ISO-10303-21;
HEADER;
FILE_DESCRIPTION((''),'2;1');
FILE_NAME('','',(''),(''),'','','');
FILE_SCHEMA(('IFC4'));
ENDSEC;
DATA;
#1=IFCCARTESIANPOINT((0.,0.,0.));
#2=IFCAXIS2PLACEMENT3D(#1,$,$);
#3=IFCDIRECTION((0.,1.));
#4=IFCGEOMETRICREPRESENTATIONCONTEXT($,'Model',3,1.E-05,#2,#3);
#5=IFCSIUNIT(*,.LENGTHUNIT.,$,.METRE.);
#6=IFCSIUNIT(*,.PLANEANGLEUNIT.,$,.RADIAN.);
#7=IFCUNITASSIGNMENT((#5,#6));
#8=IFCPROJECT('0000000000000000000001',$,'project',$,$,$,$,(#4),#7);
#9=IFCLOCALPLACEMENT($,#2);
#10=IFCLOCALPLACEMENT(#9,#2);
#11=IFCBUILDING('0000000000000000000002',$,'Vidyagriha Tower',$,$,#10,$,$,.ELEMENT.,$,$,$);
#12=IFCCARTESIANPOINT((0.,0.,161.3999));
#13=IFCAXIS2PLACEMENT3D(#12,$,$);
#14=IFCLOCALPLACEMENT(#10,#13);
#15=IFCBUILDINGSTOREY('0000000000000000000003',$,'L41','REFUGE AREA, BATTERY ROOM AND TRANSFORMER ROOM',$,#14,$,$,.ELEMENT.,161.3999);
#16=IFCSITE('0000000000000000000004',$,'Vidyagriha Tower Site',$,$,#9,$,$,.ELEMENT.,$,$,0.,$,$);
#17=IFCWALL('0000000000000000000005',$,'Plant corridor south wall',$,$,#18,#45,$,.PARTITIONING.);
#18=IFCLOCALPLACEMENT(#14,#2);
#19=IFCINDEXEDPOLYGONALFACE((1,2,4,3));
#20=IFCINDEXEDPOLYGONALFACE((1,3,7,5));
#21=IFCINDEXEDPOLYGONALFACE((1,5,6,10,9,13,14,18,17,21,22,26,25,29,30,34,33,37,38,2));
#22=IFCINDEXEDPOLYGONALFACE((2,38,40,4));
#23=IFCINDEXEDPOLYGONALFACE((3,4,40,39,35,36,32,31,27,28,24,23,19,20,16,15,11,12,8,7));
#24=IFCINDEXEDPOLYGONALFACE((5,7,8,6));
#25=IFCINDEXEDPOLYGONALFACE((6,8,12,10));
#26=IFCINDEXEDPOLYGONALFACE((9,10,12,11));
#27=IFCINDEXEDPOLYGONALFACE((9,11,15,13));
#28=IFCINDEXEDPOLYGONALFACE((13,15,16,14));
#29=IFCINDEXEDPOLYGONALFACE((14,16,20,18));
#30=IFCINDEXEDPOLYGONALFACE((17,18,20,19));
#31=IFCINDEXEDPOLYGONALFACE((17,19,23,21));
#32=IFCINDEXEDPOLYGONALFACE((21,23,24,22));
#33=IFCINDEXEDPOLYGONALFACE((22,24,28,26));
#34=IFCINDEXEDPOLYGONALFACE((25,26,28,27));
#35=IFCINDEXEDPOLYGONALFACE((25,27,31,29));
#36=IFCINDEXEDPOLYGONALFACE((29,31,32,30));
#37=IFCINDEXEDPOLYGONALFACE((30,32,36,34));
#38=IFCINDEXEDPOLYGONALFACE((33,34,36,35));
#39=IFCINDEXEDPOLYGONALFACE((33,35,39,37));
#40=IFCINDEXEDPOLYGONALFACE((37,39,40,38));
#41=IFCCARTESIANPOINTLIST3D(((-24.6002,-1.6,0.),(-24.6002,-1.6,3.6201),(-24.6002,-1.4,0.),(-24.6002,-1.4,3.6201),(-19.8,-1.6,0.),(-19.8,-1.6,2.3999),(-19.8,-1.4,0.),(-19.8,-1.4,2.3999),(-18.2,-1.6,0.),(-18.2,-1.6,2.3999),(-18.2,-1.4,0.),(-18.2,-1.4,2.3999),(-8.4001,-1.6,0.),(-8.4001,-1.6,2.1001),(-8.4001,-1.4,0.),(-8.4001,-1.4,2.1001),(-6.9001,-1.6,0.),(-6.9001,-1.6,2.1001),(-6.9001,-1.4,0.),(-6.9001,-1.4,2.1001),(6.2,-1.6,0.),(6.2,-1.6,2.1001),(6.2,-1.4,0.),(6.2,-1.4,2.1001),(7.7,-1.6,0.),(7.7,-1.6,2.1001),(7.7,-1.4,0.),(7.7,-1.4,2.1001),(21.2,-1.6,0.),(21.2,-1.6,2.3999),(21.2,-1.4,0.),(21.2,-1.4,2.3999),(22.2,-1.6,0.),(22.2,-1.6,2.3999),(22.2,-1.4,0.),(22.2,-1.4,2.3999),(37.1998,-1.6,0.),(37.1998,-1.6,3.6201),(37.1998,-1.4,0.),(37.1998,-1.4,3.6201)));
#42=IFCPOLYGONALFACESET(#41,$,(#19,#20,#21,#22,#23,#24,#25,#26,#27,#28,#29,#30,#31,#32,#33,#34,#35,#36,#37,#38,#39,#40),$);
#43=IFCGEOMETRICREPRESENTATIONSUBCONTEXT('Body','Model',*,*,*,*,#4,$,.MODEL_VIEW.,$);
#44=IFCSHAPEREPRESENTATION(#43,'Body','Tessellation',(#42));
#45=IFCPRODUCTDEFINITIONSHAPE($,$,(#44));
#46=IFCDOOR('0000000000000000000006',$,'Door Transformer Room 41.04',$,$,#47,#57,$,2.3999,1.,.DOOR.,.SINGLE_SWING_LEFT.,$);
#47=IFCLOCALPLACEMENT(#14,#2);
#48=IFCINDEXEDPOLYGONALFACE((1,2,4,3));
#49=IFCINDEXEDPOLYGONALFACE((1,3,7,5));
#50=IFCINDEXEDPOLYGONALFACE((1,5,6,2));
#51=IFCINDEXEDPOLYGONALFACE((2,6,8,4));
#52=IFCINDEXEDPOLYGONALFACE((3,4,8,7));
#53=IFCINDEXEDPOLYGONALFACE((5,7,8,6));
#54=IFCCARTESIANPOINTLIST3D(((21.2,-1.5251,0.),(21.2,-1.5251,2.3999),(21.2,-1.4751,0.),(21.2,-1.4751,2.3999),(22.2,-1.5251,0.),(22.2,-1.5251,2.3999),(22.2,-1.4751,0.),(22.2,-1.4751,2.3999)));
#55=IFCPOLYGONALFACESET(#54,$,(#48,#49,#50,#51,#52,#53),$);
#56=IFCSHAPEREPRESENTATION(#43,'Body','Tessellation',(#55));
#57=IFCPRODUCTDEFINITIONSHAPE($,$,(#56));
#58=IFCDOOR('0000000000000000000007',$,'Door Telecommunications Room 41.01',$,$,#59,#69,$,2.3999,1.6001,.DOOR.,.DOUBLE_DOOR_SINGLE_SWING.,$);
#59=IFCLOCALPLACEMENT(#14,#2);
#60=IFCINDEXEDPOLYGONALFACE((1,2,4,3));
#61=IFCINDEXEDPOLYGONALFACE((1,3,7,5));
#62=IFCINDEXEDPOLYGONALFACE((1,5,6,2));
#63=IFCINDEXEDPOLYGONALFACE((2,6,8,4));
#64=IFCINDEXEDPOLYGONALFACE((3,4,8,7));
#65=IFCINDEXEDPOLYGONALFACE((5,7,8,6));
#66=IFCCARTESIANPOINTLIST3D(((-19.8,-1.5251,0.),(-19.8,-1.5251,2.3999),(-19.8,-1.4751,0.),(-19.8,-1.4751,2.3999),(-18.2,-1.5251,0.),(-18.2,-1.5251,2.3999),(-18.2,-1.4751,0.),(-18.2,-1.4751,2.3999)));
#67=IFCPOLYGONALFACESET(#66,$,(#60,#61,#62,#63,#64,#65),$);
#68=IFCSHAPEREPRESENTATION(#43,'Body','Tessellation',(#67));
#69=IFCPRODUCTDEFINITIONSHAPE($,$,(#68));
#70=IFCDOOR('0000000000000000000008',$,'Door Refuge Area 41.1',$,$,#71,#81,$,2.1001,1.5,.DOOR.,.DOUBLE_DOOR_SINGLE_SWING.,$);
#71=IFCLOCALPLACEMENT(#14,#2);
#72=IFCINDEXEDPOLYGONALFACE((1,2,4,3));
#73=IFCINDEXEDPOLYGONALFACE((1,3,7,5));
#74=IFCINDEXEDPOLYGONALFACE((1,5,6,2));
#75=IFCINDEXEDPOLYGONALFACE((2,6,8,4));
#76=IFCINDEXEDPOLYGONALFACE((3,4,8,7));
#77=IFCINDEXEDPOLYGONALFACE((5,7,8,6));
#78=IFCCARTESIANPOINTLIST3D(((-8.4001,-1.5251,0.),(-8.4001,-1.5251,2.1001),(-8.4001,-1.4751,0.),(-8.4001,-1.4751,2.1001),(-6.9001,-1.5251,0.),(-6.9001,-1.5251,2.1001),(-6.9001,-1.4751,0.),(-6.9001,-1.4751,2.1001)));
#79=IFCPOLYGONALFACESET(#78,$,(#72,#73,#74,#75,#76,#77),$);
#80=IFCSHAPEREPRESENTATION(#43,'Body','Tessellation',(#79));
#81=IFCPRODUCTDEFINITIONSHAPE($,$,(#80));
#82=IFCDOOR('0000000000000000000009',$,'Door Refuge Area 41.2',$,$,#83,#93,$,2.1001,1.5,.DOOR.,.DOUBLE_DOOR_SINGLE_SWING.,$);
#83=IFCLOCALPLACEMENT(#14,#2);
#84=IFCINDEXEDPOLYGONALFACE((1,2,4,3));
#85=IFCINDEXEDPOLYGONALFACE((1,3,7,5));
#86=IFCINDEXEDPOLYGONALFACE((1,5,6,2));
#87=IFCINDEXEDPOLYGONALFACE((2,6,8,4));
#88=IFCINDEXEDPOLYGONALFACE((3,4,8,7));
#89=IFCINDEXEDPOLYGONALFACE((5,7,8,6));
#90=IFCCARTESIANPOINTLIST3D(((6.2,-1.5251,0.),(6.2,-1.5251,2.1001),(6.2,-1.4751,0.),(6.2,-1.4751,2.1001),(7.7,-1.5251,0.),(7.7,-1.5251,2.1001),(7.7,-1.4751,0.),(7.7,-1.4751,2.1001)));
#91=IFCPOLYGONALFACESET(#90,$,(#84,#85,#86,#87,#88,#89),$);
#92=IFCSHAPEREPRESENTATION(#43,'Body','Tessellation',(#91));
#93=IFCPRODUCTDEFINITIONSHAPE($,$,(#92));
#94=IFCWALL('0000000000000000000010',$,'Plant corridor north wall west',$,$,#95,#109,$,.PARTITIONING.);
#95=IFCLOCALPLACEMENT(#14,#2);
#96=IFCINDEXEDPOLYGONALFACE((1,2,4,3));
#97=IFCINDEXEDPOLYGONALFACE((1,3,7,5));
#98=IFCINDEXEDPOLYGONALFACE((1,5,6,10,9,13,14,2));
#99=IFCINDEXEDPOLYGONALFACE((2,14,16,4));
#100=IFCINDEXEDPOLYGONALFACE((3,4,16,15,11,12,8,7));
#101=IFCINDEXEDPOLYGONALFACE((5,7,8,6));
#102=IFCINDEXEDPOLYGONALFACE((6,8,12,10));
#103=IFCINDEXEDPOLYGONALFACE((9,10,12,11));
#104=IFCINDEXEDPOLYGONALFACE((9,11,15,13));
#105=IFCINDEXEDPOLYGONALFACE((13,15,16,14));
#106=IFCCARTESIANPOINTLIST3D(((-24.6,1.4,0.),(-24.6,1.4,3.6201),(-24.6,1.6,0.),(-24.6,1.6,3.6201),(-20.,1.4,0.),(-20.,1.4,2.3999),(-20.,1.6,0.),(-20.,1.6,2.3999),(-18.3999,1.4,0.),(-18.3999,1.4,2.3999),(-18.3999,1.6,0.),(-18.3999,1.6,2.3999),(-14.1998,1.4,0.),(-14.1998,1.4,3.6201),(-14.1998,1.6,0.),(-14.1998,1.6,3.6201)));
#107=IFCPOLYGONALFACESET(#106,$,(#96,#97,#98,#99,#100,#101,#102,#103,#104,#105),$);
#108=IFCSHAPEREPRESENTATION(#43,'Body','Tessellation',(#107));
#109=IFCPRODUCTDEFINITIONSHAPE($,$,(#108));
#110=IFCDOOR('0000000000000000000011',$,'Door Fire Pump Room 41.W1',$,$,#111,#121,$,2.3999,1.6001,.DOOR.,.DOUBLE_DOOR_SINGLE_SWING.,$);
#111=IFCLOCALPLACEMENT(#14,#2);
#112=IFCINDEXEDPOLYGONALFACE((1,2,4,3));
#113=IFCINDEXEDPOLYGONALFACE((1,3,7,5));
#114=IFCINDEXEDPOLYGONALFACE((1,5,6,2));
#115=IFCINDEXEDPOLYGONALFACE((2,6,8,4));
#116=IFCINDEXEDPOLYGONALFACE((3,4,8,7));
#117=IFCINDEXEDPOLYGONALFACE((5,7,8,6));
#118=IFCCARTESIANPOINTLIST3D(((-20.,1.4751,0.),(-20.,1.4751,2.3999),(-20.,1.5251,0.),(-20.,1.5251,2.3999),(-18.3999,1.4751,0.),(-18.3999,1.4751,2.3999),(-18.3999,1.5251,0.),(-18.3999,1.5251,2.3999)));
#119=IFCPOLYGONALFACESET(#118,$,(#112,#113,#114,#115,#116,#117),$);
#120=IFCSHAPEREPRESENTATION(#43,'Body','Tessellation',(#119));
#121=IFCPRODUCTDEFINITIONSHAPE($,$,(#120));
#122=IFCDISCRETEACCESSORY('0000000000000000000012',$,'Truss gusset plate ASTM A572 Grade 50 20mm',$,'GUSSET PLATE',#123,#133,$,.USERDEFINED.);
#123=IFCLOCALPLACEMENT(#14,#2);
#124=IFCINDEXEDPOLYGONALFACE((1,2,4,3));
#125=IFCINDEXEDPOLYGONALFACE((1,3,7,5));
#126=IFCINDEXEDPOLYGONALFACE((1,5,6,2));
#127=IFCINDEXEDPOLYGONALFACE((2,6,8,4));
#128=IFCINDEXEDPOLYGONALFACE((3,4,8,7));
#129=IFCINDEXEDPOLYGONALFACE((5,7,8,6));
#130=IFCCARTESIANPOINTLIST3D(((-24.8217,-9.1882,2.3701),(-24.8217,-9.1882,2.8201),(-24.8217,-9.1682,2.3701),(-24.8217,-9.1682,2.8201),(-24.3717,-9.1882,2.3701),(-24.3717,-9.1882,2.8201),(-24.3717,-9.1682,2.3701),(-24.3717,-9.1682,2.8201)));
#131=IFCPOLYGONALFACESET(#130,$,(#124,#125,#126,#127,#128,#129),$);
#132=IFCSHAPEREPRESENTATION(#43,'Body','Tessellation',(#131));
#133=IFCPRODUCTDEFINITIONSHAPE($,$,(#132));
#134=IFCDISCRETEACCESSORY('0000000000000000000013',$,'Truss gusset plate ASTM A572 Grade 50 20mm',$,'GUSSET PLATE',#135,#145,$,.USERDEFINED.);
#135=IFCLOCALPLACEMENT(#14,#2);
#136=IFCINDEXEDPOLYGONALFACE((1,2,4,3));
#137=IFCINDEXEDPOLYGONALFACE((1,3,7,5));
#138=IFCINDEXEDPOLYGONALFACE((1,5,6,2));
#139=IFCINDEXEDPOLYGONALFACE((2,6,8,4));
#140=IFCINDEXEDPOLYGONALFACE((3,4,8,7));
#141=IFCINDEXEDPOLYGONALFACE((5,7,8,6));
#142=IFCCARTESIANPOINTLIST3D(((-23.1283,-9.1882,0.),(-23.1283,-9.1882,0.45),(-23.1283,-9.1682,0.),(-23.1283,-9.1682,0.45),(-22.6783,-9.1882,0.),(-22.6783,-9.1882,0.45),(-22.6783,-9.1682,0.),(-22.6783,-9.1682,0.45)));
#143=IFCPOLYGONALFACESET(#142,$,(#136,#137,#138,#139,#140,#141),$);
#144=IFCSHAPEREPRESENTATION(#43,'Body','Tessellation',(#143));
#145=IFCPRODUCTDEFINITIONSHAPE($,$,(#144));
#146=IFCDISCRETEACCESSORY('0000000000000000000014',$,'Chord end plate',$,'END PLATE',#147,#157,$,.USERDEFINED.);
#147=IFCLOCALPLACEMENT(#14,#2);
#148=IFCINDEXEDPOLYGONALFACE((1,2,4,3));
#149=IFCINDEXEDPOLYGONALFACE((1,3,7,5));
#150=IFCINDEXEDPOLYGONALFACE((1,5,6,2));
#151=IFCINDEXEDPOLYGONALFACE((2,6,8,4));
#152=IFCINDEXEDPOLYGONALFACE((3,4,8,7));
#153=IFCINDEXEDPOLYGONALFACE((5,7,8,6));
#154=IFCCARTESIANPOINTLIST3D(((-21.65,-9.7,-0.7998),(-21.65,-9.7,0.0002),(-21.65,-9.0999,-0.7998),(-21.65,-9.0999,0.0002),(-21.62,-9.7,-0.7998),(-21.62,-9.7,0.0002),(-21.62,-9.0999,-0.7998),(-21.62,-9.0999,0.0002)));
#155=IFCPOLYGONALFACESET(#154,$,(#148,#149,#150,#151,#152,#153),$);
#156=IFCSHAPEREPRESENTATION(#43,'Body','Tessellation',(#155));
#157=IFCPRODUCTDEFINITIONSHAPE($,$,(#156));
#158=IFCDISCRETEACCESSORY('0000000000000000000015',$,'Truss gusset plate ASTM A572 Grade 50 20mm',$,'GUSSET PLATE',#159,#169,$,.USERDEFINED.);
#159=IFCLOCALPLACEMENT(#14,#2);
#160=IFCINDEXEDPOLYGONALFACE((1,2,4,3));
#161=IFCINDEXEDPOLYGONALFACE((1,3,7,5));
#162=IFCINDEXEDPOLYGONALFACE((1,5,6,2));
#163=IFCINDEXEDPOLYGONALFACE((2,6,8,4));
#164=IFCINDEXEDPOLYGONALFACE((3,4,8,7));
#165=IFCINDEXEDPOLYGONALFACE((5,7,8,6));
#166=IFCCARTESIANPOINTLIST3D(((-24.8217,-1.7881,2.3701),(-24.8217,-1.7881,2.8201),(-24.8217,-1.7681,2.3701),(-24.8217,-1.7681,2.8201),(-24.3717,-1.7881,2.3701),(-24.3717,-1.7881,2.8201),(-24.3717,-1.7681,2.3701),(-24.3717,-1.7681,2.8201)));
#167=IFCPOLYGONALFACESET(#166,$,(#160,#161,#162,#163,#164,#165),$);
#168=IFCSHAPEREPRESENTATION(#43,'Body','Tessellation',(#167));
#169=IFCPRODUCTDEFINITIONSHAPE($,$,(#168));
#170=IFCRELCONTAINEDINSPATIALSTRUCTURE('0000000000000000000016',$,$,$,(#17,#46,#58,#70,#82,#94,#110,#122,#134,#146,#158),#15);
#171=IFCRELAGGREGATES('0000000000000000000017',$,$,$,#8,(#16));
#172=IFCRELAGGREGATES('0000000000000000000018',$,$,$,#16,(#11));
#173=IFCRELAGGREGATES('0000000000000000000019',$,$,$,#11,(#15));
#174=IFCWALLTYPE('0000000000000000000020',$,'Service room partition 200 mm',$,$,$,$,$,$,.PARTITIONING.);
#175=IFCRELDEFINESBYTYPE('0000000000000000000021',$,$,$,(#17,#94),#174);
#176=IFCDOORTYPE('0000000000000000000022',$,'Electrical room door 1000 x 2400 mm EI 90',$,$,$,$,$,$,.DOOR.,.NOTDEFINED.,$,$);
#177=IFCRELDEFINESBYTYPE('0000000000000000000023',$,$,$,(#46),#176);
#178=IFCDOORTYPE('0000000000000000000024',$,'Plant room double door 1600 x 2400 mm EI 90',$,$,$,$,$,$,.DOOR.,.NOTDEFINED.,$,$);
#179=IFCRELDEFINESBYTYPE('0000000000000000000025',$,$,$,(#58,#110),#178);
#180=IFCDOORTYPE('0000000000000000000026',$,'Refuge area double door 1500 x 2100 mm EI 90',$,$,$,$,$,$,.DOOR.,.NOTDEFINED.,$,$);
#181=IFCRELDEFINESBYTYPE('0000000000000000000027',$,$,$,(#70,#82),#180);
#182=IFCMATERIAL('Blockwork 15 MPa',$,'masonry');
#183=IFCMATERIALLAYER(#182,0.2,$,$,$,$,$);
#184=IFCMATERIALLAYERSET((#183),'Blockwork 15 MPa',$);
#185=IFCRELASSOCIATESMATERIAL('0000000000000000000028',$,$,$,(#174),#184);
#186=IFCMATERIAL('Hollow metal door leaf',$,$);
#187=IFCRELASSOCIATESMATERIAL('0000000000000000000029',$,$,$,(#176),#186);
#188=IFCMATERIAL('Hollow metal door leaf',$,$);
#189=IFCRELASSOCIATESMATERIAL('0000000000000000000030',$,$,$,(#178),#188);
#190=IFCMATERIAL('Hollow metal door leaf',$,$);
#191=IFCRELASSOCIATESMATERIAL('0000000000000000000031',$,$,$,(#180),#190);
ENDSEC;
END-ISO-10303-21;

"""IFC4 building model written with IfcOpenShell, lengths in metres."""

from ifc_helpers import new_model, si_unit, direction, frame, frame_2d, origin, origin_2d, place, context, subcontext, project, spatial, rectangle, extrude, material, layer, layer_set, type_object, element, fill, save


model = new_model("IFC4")

# Units and contexts
model_context = context("Model", 3, precision=1e-05, world=origin(), true_north=direction((0.0, 1.0)))
body_context = subcontext(model_context, "Body", "Model", "MODEL_VIEW")
ifc_project = project(units=[si_unit("LENGTHUNIT", "METRE"), si_unit("PLANEANGLEUNIT", "RADIAN")], contexts=[model_context])

# Site, building, storey
site_placement = place(None, origin())
site = spatial("IfcSite", under=ifc_project, at=site_placement, Name="Vidyagriha Tower Site", CompositionType="ELEMENT", RefElevation=0.0)
building_placement = place(site_placement, origin())
building = spatial("IfcBuilding", under=site, at=building_placement, Name="Vidyagriha Tower", CompositionType="ELEMENT")
storey_placement = place(building_placement, frame((0.0, 0.0, 161.3999)))
storey = spatial("IfcBuildingStorey", under=building, at=storey_placement, Name="L41", Description="REFUGE AREA, BATTERY ROOM AND TRANSFORMER ROOM", CompositionType="ELEMENT", Elevation=161.3999)

# Wall, openings, doors
ifc_material_1 = material(Name="Blockwork 15 MPa", Category="masonry")
ifc_layer_1 = layer(ifc_material_1, 0.2)
ifc_layer_set_1 = layer_set([ifc_layer_1], Name="Blockwork 15 MPa")
wall_type = type_object("IfcWallType", Name="Service room partition 200 mm", PredefinedType="PARTITIONING", material=ifc_layer_set_1)
wall_1_placement = place(storey_placement, frame((-24.6001, -1.5, 0.0)))
wall_1 = element("IfcWall", 1, at=wall_1_placement, inside=storey, type_object=wall_type, Name="Plant corridor south wall", PredefinedType="PARTITIONING", context=body_context, shape_type="SweptSolid", body=[
    extrude(rectangle(XDim=61.8, YDim=0.2, at=frame_2d((30.8999, 0.0))), origin(), (0.0, 0.0, 1.0), 3.6201),
])
opening_1_placement = place(wall_1_placement, frame((4.8, 0.0, 0.0)))
opening_1 = element("IfcOpeningElement", 2, at=opening_1_placement, cuts=wall_1, PredefinedType="OPENING", context=body_context, shape_type="SweptSolid", body=[
    extrude(rectangle(XDim=1.6001, YDim=2.3999, at=frame_2d((0.8, 1.2))), frame((0.0, 0.1099, 0.0), z_axis=(0.0, -1.0, 0.0), x_axis=(1.0, 0.0, 0.0)), (0.0, 0.0, 1.0), 0.22),
])
opening_2_placement = place(wall_1_placement, frame((16.2, 0.0, 0.0)))
opening_2 = element("IfcOpeningElement", 3, at=opening_2_placement, cuts=wall_1, PredefinedType="OPENING", context=body_context, shape_type="SweptSolid", body=[
    extrude(rectangle(XDim=1.5, YDim=2.1001, at=frame_2d((0.75, 1.05))), frame((0.0, 0.1099, 0.0), z_axis=(0.0, -1.0, 0.0), x_axis=(1.0, 0.0, 0.0)), (0.0, 0.0, 1.0), 0.22),
])
opening_3_placement = place(wall_1_placement, frame((30.8, 0.0, 0.0)))
opening_3 = element("IfcOpeningElement", 4, at=opening_3_placement, cuts=wall_1, PredefinedType="OPENING", context=body_context, shape_type="SweptSolid", body=[
    extrude(rectangle(XDim=1.5, YDim=2.1001, at=frame_2d((0.75, 1.05))), frame((0.0, 0.1099, 0.0), z_axis=(0.0, -1.0, 0.0), x_axis=(1.0, 0.0, 0.0)), (0.0, 0.0, 1.0), 0.22),
])
opening_4_placement = place(wall_1_placement, frame((45.8, 0.0, 0.0)))
opening_4 = element("IfcOpeningElement", 5, at=opening_4_placement, cuts=wall_1, PredefinedType="OPENING", context=body_context, shape_type="SweptSolid", body=[
    extrude(rectangle(XDim=1.0, YDim=2.3999, at=frame_2d((0.5, 1.2))), frame((0.0, 0.1099, 0.0), z_axis=(0.0, -1.0, 0.0), x_axis=(1.0, 0.0, 0.0)), (0.0, 0.0, 1.0), 0.22),
])
ifc_material_2 = material(Name="Hollow metal door leaf")
door_type_1 = type_object("IfcDoorType", Name="Electrical room door 1000 x 2400 mm EI 90", OperationType="NOTDEFINED", PredefinedType="DOOR", material=ifc_material_2)
door_1_placement = place(opening_4_placement, origin())
door_1 = element("IfcDoor", 6, at=door_1_placement, inside=storey, type_object=door_type_1, Name="Door Transformer Room 41.04", OperationType="SINGLE_SWING_LEFT", OverallHeight=2.3999, OverallWidth=1.0, PredefinedType="DOOR", context=body_context, shape_type="SweptSolid", body=[
    extrude(rectangle(XDim=1.0, YDim=2.3999, at=frame_2d((0.5, 1.2))), frame((0.0, 0.0249, 0.0), z_axis=(0.0, -1.0, 0.0), x_axis=(1.0, 0.0, 0.0)), (0.0, 0.0, 1.0), 0.05),
])
fill(opening_4, door_1)
ifc_material_3 = material(Name="Hollow metal door leaf")
door_type_2 = type_object("IfcDoorType", Name="Plant room double door 1600 x 2400 mm EI 90", OperationType="NOTDEFINED", PredefinedType="DOOR", material=ifc_material_3)
door_2_placement = place(opening_1_placement, origin())
door_2 = element("IfcDoor", 7, at=door_2_placement, inside=storey, type_object=door_type_2, Name="Door Telecommunications Room 41.01", OperationType="DOUBLE_DOOR_SINGLE_SWING", OverallHeight=2.3999, OverallWidth=1.6001, PredefinedType="DOOR", context=body_context, shape_type="SweptSolid", body=[
    extrude(rectangle(XDim=1.6001, YDim=2.3999, at=frame_2d((0.8, 1.2))), frame((0.0, 0.0249, 0.0), z_axis=(0.0, -1.0, 0.0), x_axis=(1.0, 0.0, 0.0)), (0.0, 0.0, 1.0), 0.05),
])
fill(opening_1, door_2)
ifc_material_4 = material(Name="Hollow metal door leaf")
door_type_3 = type_object("IfcDoorType", Name="Refuge area double door 1500 x 2100 mm EI 90", OperationType="NOTDEFINED", PredefinedType="DOOR", material=ifc_material_4)
door_3_placement = place(opening_2_placement, origin())
door_3 = element("IfcDoor", 8, at=door_3_placement, inside=storey, type_object=door_type_3, Name="Door Refuge Area 41.1", OperationType="DOUBLE_DOOR_SINGLE_SWING", OverallHeight=2.1001, OverallWidth=1.5, PredefinedType="DOOR", context=body_context, shape_type="SweptSolid", body=[
    extrude(rectangle(XDim=1.5, YDim=2.1001, at=frame_2d((0.75, 1.05))), frame((0.0, 0.0249, 0.0), z_axis=(0.0, -1.0, 0.0), x_axis=(1.0, 0.0, 0.0)), (0.0, 0.0, 1.0), 0.05),
])
fill(opening_2, door_3)
door_4_placement = place(opening_3_placement, origin())
door_4 = element("IfcDoor", 9, at=door_4_placement, inside=storey, type_object=door_type_3, Name="Door Refuge Area 41.2", OperationType="DOUBLE_DOOR_SINGLE_SWING", OverallHeight=2.1001, OverallWidth=1.5, PredefinedType="DOOR", context=body_context, shape_type="SweptSolid", body=[
    extrude(rectangle(XDim=1.5, YDim=2.1001, at=frame_2d((0.75, 1.05))), frame((0.0, 0.0249, 0.0), z_axis=(0.0, -1.0, 0.0), x_axis=(1.0, 0.0, 0.0)), (0.0, 0.0, 1.0), 0.05),
])
fill(opening_3, door_4)

# Wall, opening, door
wall_2_placement = place(storey_placement, frame((-24.6001, 1.5, 0.0)))
wall_2 = element("IfcWall", 10, at=wall_2_placement, inside=storey, type_object=wall_type, Name="Plant corridor north wall west", PredefinedType="PARTITIONING", context=body_context, shape_type="SweptSolid", body=[
    extrude(rectangle(XDim=10.4001, YDim=0.2, at=frame_2d((5.2002, 0.0))), origin(), (0.0, 0.0, 1.0), 3.6201),
])
opening_5_placement = place(wall_2_placement, frame((4.6001, 0.0, 0.0)))
opening_5 = element("IfcOpeningElement", 11, at=opening_5_placement, cuts=wall_2, PredefinedType="OPENING", context=body_context, shape_type="SweptSolid", body=[
    extrude(rectangle(XDim=1.6001, YDim=2.3999, at=frame_2d((0.8, 1.2))), frame((0.0, 0.1099, 0.0), z_axis=(0.0, -1.0, 0.0), x_axis=(1.0, 0.0, 0.0)), (0.0, 0.0, 1.0), 0.22),
])
door_5_placement = place(opening_5_placement, frame((1.6001, 0.0, 0.0), z_axis=(0.0, 0.0, 1.0), x_axis=(-1.0, 0.0, 0.0)))
door_5 = element("IfcDoor", 12, at=door_5_placement, inside=storey, type_object=door_type_2, Name="Door Fire Pump Room 41.W1", OperationType="DOUBLE_DOOR_SINGLE_SWING", OverallHeight=2.3999, OverallWidth=1.6001, PredefinedType="DOOR", context=body_context, shape_type="SweptSolid", body=[
    extrude(rectangle(XDim=1.6001, YDim=2.3999, at=frame_2d((0.8, 1.2))), frame((0.0, 0.0249, 0.0), z_axis=(0.0, -1.0, 0.0), x_axis=(1.0, 0.0, 0.0)), (0.0, 0.0, 1.0), 0.05),
])
fill(opening_5, door_5)

# Discrete accessories
for number, where, name in (
    (13, (-24.5967, -9.1782, 2.3701), "Truss gusset plate ASTM A572 Grade 50 20mm"),
    (14, (-22.9033, -9.1782, 0.0), "Truss gusset plate ASTM A572 Grade 50 20mm"),
):
    element("IfcDiscreteAccessory", number, at=place(storey_placement, frame(where)), inside=storey, Name=name, ObjectType="GUSSET PLATE", PredefinedType="USERDEFINED", context=body_context, shape_type="SweptSolid", body=[
        extrude(rectangle(XDim=0.45, YDim=0.02, at=origin_2d()), origin(), (0.0, 0.0, 1.0), 0.45),
    ])
discrete_accessory_1_placement = place(storey_placement, frame((-21.635, -9.3999, -0.7998)))
element("IfcDiscreteAccessory", 15, at=discrete_accessory_1_placement, inside=storey, Name="Chord end plate", ObjectType="END PLATE", PredefinedType="USERDEFINED", context=body_context, shape_type="SweptSolid", body=[
    extrude(rectangle(XDim=0.03, YDim=0.6001, at=origin_2d()), origin(), (0.0, 0.0, 1.0), 0.8),
])
for number, where, name in (
    (16, (-24.5967, -1.7781, 2.3701), "Truss gusset plate ASTM A572 Grade 50 20mm"),
):
    element("IfcDiscreteAccessory", number, at=place(storey_placement, frame(where)), inside=storey, Name=name, ObjectType="GUSSET PLATE", PredefinedType="USERDEFINED", context=body_context, shape_type="SweptSolid", body=[
        extrude(rectangle(XDim=0.45, YDim=0.02, at=origin_2d()), origin(), (0.0, 0.0, 1.0), 0.45),
    ])

save(model, "model.ifc")
